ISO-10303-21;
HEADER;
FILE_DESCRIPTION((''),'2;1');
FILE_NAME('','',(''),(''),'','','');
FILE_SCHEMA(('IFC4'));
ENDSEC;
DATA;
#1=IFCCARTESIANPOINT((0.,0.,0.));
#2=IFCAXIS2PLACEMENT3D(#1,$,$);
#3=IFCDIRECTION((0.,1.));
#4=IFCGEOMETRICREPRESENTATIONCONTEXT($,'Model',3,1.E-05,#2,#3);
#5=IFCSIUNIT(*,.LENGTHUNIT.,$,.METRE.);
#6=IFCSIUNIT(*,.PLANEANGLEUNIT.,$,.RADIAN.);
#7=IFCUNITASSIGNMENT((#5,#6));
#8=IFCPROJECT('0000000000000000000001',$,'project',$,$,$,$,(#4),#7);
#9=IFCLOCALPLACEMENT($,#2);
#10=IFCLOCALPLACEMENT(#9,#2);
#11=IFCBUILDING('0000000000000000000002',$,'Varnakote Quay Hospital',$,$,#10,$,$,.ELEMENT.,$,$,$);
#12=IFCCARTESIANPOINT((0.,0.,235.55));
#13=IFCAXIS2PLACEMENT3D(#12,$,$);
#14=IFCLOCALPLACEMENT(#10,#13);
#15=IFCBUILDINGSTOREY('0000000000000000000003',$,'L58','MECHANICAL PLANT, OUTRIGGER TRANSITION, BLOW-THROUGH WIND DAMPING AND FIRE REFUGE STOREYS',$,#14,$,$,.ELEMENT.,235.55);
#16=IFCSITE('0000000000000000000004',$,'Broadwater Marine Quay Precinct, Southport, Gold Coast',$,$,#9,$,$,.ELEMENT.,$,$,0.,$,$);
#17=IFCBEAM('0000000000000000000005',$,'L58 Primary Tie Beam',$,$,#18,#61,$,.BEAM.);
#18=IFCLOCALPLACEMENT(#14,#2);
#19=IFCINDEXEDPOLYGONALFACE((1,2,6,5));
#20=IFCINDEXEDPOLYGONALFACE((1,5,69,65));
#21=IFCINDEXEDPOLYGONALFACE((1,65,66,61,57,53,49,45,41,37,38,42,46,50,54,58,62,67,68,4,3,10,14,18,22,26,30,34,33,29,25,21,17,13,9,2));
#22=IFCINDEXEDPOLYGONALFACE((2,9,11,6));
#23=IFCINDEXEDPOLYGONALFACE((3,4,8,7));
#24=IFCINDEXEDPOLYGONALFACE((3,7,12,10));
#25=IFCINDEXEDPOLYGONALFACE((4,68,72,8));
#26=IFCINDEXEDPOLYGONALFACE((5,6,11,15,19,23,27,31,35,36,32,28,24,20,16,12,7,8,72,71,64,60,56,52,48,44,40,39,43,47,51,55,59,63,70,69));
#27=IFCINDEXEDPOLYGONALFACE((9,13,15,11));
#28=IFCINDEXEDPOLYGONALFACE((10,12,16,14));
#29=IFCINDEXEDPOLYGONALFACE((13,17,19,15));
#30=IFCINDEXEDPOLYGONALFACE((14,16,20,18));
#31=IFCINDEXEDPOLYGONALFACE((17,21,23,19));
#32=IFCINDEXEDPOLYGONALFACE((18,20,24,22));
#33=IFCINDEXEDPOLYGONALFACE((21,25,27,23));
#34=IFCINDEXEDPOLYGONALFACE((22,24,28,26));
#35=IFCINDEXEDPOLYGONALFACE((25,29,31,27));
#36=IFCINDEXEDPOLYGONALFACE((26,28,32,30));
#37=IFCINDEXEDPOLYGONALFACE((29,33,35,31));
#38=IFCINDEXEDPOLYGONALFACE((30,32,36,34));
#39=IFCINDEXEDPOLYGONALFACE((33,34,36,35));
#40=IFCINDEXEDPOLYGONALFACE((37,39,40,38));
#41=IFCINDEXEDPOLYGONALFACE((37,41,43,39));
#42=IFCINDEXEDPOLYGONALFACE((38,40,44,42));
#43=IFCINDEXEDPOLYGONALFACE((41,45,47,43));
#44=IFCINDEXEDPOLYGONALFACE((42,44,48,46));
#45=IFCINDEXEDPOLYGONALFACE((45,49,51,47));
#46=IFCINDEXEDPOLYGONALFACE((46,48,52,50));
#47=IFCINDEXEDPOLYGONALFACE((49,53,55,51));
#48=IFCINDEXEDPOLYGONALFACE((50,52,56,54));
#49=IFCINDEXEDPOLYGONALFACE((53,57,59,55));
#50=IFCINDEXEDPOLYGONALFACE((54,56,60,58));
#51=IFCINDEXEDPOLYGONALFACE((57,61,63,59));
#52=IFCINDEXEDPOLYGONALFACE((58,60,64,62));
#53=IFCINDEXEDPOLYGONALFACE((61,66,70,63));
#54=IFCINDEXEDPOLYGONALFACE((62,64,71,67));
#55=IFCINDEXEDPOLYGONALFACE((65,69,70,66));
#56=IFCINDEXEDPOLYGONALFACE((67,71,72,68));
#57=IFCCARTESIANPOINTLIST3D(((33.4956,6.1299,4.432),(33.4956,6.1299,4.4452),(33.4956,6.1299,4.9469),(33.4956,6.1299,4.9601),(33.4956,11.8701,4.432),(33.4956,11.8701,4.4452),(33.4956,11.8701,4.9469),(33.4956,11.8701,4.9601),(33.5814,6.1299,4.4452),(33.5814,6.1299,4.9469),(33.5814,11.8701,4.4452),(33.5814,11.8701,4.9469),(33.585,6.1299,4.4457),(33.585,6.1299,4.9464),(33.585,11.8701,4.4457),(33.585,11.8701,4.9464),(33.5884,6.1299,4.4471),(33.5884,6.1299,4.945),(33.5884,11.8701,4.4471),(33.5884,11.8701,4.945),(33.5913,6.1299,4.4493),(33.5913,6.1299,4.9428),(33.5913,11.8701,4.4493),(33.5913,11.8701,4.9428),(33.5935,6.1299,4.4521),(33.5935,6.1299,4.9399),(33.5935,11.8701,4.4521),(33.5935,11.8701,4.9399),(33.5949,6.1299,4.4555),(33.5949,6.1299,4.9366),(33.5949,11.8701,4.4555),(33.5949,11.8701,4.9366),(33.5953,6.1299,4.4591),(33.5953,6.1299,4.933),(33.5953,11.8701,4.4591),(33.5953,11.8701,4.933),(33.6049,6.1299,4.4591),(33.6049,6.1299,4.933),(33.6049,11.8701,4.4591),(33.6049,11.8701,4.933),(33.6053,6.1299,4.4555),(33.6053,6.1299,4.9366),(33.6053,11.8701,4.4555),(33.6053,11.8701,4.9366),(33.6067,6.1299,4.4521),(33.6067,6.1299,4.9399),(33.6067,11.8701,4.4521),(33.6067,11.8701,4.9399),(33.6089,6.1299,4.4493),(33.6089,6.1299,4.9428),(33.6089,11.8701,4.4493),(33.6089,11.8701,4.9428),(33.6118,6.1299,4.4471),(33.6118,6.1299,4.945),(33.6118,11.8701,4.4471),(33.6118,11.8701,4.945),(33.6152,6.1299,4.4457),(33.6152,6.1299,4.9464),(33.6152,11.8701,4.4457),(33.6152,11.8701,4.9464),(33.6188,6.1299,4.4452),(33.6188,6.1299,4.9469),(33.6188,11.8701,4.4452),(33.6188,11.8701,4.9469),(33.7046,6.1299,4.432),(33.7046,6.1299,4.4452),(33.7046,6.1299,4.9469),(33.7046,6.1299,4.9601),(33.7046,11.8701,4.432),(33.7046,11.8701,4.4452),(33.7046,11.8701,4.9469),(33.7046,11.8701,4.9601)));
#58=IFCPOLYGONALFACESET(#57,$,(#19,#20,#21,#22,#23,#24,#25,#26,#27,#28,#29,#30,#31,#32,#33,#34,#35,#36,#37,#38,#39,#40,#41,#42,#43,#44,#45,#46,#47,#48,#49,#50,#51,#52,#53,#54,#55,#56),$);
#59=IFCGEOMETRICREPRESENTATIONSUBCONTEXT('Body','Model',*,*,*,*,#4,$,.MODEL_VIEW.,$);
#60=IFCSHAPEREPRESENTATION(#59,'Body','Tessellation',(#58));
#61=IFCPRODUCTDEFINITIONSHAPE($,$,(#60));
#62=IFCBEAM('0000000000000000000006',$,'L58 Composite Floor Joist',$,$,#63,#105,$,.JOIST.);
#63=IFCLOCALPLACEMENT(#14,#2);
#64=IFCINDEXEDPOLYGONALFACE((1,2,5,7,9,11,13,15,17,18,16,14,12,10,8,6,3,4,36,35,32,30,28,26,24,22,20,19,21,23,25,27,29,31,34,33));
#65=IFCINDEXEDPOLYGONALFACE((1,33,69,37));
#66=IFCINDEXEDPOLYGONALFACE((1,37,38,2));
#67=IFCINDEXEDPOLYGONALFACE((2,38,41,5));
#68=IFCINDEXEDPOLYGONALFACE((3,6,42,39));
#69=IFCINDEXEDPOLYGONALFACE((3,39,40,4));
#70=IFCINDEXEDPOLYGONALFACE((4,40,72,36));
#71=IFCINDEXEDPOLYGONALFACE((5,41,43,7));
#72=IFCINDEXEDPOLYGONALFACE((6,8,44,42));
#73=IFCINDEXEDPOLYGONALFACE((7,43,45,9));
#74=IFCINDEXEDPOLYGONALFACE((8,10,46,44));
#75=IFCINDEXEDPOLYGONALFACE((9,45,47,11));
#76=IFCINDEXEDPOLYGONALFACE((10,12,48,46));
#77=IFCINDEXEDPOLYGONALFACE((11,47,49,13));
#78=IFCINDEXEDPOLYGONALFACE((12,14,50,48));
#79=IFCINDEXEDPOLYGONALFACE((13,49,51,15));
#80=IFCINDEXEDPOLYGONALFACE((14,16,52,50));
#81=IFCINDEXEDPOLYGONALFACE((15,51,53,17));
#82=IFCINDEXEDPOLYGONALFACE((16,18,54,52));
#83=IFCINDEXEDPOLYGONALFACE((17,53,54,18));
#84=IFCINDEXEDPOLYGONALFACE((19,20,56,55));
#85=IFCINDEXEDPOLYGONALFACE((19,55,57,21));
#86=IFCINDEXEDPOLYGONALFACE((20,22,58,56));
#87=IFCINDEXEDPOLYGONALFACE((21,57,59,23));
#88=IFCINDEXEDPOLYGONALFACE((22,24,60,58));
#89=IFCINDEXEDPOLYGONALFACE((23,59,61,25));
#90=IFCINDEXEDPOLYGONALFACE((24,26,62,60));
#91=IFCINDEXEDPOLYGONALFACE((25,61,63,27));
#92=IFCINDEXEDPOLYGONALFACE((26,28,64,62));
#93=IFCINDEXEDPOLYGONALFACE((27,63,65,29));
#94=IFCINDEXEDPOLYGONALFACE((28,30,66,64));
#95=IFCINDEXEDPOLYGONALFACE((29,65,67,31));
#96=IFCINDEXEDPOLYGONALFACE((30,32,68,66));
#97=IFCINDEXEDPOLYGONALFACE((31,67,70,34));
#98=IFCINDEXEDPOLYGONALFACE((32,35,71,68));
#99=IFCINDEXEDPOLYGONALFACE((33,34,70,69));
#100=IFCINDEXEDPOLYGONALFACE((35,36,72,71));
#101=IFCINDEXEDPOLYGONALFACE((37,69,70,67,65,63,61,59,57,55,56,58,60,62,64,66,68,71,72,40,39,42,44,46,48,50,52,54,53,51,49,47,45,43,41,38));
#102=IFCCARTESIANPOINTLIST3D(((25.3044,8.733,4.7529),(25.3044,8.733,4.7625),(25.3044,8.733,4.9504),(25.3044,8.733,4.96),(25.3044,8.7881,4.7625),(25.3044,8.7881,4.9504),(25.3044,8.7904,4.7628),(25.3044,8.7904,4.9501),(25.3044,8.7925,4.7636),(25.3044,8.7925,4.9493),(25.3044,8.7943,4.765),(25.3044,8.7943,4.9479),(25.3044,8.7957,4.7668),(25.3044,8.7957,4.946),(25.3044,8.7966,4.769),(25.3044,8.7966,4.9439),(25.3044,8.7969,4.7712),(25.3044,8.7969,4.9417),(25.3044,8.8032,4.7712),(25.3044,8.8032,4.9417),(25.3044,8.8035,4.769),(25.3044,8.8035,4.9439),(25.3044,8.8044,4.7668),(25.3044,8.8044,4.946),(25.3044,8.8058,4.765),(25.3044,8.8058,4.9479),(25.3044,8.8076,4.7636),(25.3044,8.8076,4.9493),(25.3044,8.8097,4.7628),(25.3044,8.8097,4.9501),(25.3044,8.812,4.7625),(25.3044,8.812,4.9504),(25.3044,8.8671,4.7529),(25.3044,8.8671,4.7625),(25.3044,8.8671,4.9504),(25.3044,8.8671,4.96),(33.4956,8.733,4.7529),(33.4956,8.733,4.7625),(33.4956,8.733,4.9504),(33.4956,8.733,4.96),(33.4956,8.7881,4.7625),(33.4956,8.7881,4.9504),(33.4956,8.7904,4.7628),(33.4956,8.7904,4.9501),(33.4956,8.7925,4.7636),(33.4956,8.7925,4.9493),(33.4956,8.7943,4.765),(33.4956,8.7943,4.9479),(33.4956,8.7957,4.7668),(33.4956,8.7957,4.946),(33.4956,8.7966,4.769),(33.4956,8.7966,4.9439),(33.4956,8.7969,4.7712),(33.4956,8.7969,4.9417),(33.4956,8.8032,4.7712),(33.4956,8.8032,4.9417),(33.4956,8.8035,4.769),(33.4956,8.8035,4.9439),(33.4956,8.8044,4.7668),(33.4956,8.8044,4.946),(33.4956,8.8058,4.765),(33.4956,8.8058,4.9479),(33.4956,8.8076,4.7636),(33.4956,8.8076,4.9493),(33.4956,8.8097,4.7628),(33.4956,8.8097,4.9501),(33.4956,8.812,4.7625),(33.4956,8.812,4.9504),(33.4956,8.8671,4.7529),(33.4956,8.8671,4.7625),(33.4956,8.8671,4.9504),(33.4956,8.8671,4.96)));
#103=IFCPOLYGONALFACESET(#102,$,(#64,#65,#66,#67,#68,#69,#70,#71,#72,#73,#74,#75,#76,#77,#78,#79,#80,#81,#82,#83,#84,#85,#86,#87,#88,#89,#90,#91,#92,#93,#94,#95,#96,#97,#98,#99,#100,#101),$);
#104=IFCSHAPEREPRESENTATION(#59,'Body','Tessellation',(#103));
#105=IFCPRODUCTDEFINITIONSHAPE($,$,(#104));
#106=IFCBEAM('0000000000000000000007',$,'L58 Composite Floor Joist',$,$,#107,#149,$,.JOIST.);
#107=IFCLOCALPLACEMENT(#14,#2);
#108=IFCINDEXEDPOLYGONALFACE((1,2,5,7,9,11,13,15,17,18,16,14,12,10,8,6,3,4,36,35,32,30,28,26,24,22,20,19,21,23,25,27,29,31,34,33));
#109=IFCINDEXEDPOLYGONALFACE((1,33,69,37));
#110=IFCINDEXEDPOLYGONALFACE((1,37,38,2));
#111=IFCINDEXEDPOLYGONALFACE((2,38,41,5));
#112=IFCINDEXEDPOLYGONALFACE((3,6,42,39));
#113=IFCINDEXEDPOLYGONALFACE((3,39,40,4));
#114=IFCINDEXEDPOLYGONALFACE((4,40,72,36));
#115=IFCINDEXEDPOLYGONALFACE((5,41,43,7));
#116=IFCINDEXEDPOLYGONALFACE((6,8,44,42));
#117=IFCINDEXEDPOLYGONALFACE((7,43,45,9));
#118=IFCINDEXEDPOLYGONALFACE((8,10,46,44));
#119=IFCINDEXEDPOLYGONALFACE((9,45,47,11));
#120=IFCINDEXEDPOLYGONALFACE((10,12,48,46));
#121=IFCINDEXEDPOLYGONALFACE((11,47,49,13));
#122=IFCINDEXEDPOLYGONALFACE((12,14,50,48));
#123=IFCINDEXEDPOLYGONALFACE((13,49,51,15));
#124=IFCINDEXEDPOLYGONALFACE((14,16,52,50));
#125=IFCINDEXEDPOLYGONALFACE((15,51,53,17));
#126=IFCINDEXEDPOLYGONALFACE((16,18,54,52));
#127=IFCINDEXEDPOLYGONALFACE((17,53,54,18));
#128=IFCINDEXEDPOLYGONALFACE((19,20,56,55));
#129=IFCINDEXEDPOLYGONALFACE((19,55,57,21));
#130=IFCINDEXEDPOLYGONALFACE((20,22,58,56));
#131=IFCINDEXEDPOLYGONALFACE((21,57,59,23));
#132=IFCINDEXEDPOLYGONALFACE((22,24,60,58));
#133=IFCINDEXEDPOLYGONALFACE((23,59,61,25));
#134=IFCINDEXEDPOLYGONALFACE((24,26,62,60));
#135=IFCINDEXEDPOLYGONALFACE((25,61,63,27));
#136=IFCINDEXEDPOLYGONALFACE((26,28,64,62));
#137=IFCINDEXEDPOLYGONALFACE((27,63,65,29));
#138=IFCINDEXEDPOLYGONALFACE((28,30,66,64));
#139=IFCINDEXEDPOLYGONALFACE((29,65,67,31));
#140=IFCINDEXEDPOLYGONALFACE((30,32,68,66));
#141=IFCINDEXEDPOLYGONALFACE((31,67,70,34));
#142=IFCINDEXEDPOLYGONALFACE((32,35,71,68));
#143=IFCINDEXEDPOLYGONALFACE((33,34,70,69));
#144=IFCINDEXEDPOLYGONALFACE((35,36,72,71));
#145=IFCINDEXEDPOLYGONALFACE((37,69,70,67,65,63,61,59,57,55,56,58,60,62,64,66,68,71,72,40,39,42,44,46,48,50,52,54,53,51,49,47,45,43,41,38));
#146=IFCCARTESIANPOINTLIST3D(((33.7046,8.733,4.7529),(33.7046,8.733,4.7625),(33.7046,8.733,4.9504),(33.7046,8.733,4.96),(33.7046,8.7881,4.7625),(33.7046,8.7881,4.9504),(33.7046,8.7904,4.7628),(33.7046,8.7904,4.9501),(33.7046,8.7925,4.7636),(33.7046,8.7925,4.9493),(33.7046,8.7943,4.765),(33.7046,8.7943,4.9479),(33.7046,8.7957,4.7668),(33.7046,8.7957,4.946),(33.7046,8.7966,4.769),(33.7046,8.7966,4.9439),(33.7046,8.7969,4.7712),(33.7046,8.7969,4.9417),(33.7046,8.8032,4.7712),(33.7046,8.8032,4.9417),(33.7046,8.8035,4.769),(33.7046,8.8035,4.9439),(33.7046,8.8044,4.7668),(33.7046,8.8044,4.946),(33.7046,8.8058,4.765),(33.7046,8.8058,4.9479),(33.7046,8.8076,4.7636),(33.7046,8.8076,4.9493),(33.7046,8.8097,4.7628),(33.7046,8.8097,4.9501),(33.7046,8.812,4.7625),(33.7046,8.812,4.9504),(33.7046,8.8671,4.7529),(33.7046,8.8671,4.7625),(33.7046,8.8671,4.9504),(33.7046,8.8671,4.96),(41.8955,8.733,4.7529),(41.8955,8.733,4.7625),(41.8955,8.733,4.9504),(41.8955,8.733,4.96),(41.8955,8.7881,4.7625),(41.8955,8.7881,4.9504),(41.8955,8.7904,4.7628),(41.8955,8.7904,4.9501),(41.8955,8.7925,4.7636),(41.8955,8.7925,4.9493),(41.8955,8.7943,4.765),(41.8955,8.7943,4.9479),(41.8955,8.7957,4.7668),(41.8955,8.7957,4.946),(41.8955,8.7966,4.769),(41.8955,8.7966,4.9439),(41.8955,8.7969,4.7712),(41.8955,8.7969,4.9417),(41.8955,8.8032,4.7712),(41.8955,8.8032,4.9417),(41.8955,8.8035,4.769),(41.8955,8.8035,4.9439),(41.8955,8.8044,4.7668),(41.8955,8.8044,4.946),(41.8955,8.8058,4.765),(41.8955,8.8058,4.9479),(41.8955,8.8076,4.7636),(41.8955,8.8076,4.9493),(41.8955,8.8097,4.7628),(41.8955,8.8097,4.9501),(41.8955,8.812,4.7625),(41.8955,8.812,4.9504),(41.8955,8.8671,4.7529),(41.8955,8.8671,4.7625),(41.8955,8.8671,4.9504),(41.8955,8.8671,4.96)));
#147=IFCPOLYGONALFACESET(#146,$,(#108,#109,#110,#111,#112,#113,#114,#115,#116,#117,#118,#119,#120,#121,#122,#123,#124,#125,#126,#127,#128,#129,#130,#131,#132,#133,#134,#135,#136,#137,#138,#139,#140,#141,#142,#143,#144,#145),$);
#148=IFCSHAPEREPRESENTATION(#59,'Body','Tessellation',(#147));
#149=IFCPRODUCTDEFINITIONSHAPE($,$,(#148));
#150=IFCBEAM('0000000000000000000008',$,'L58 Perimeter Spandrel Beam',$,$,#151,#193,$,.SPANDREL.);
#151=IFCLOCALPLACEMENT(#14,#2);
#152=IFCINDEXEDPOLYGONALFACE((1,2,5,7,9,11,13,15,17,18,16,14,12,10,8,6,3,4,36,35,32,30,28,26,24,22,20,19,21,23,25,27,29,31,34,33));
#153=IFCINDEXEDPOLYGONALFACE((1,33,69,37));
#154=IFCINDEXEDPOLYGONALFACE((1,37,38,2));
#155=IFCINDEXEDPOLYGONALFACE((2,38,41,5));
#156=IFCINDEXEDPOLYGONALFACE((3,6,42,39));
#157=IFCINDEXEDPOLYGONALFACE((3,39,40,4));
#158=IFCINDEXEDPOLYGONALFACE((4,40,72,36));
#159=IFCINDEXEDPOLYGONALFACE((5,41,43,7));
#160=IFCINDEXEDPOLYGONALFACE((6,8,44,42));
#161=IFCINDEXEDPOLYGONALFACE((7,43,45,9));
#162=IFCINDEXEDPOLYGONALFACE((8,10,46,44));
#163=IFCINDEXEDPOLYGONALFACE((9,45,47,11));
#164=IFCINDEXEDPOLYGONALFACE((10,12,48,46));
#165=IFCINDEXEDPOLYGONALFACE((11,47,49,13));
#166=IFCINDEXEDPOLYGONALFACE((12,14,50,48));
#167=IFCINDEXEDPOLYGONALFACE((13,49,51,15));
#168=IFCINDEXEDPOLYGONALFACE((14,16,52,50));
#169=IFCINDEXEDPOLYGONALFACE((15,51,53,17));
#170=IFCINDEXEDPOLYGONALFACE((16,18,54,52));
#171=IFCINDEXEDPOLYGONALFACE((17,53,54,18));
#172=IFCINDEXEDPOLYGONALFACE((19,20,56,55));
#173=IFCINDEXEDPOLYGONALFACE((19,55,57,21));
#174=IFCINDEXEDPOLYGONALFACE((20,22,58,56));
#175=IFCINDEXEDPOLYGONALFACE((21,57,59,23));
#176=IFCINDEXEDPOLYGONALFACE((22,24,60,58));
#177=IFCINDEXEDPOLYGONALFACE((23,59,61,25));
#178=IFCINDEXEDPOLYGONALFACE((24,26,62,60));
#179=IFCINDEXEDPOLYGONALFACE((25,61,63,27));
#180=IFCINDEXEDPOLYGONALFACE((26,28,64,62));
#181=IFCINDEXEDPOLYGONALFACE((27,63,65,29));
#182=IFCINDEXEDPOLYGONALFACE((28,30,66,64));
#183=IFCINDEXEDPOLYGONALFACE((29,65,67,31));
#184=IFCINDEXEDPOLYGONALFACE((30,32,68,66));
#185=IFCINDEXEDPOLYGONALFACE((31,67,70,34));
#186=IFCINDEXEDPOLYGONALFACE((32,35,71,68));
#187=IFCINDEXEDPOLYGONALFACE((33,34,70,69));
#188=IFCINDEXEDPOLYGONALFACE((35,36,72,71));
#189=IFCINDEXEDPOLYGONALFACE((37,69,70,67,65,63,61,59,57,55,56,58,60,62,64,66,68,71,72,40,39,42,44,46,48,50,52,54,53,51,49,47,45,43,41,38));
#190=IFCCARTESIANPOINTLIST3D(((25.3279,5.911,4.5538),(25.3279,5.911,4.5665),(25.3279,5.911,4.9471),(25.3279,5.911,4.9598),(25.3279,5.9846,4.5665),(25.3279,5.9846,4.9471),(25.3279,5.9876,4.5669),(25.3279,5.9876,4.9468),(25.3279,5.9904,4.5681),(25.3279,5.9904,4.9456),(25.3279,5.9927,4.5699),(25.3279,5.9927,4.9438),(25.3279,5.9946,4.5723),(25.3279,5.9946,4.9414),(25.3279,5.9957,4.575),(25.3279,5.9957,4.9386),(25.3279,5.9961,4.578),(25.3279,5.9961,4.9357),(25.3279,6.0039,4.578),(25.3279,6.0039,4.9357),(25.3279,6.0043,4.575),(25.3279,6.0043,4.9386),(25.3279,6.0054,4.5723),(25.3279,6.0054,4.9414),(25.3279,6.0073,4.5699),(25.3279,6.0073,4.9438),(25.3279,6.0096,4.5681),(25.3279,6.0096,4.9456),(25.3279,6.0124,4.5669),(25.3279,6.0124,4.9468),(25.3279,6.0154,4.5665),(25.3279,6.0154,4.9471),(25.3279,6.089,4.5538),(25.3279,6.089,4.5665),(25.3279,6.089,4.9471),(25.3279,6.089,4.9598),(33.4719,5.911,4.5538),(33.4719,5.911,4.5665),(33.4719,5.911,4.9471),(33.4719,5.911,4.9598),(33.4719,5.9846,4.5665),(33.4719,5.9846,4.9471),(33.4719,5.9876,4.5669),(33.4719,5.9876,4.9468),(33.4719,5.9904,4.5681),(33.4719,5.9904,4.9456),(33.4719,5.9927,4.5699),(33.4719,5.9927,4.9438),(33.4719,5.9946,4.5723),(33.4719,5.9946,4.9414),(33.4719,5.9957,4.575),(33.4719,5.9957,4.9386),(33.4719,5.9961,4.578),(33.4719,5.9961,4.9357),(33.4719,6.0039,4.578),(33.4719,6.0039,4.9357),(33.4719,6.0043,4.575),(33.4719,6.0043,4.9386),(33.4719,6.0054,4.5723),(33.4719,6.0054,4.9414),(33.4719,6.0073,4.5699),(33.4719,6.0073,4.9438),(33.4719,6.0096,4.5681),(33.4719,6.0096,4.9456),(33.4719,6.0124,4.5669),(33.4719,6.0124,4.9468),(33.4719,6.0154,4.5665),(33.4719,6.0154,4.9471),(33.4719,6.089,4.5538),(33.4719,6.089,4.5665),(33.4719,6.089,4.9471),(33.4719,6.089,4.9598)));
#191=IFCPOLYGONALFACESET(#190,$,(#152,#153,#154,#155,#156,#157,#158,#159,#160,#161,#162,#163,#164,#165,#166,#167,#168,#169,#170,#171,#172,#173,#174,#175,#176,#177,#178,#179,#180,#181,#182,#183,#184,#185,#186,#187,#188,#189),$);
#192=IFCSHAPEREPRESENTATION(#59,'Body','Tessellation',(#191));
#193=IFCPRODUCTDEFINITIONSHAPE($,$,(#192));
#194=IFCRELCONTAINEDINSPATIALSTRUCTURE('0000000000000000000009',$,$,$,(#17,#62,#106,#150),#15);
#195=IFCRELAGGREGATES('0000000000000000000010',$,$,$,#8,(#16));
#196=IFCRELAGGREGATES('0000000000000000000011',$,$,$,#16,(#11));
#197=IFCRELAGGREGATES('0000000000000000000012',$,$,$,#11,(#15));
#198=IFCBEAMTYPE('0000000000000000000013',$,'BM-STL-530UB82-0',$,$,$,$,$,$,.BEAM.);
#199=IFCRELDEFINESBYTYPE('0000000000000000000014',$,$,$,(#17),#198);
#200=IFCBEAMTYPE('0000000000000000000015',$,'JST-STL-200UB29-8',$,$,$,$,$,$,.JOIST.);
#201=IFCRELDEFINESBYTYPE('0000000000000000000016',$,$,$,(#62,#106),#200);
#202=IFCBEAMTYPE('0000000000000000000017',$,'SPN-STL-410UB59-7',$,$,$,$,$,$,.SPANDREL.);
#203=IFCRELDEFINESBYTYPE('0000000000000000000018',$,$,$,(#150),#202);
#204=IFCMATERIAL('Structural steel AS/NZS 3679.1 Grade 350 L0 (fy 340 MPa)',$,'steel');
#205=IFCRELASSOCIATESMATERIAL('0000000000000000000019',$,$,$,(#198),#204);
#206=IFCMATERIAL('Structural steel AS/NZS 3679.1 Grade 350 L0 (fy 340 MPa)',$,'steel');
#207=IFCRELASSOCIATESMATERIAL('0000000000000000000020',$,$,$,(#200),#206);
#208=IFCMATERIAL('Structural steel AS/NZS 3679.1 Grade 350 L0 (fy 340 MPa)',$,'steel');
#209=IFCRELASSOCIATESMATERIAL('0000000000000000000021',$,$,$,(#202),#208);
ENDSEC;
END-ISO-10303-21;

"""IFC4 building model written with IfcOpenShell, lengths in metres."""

from ifc_helpers import new_model, si_unit, direction, frame, origin, origin_2d, place, context, subcontext, project, spatial, i_section, extrude, material, material_profile, profile_set, type_object, element, save


model = new_model("IFC4")

# Units and contexts
model_context = context("Model", 3, precision=1e-05, world=origin(), true_north=direction((0.0, 1.0)))
body_context = subcontext(model_context, "Body", "Model", "MODEL_VIEW")
ifc_project = project(units=[si_unit("LENGTHUNIT", "METRE"), si_unit("PLANEANGLEUNIT", "RADIAN")], contexts=[model_context])

# Site, building, storey
site_placement = place(None, origin())
site = spatial("IfcSite", under=ifc_project, at=site_placement, Name="Broadwater Marine Quay Precinct, Southport, Gold Coast", CompositionType="ELEMENT", RefElevation=0.0)
building_placement = place(site_placement, origin())
building = spatial("IfcBuilding", under=site, at=building_placement, Name="Varnakote Quay Hospital", CompositionType="ELEMENT")
storey_placement = place(building_placement, frame((0.0, 0.0, 235.55)))
storey = spatial("IfcBuildingStorey", under=building, at=storey_placement, Name="L58", Description="MECHANICAL PLANT, OUTRIGGER TRANSITION, BLOW-THROUGH WIND DAMPING AND FIRE REFUGE STOREYS", CompositionType="ELEMENT", Elevation=235.55)

# Beams
ifc_material_1 = material(Name="Structural steel AS/NZS 3679.1 Grade 350 L0 (fy 340 MPa)", Category="steel")
ifc_material_profile_1 = material_profile(ifc_material_1, i_section(OverallWidth=0.209, OverallDepth=0.5281, WebThickness=0.0095, FlangeThickness=0.0132, FilletRadius=0.0139, at=origin_2d()), Name="530UB82.0")
ifc_profile_set_1 = profile_set([ifc_material_profile_1], Name="Structural steel AS/NZS 3679.1 Grade 350 L0 (fy 340 MPa)")
beam_type_1 = type_object("IfcBeamType", Name="BM-STL-530UB82-0", PredefinedType="BEAM", material=ifc_profile_set_1)
for number, where, z_axis, x_axis, name in (
    (1, (33.6001, 6.1299, 4.696), (0.0, 1.0, 0.0), (-1.0, 0.0, 0.0), "L58 Primary Tie Beam"),
):
    element("IfcBeam", number, at=place(storey_placement, frame(where, z_axis=z_axis, x_axis=x_axis)), inside=storey, type_object=beam_type_1, Name=name, PredefinedType="BEAM", context=body_context, shape_type="SweptSolid", body=[
        extrude(i_section(OverallWidth=0.209, OverallDepth=0.5281, WebThickness=0.0095, FlangeThickness=0.0132, FilletRadius=0.0139, at=origin_2d()), origin(), (0.0, 0.0, 1.0), 5.7402),
    ])
ifc_material_2 = material(Name="Structural steel AS/NZS 3679.1 Grade 350 L0 (fy 340 MPa)", Category="steel")
ifc_material_profile_2 = material_profile(ifc_material_2, i_section(OverallWidth=0.134, OverallDepth=0.207, WebThickness=0.0063, FlangeThickness=0.0095, FilletRadius=0.0088, at=origin_2d()), Name="200UB29.8")
ifc_profile_set_2 = profile_set([ifc_material_profile_2], Name="Structural steel AS/NZS 3679.1 Grade 350 L0 (fy 340 MPa)")
beam_type_2 = type_object("IfcBeamType", Name="JST-STL-200UB29-8", PredefinedType="JOIST", material=ifc_profile_set_2)
beam_1_placement = place(storey_placement, frame((25.3044, 8.8, 4.8564), z_axis=(1.0, 0.0, 0.0), x_axis=(0.0, 1.0, 0.0)))
element("IfcBeam", 2, at=beam_1_placement, inside=storey, type_object=beam_type_2, Name="L58 Composite Floor Joist", PredefinedType="JOIST", context=body_context, shape_type="SweptSolid", body=[
    extrude(i_section(OverallWidth=0.134, OverallDepth=0.207, WebThickness=0.0063, FlangeThickness=0.0095, FilletRadius=0.0088, at=origin_2d()), origin(), (0.0, 0.0, 1.0), 8.1912),
])
beam_2_placement = place(storey_placement, frame((33.7046, 8.8, 4.8564), z_axis=(1.0, 0.0, 0.0), x_axis=(0.0, 1.0, 0.0)))
element("IfcBeam", 3, at=beam_2_placement, inside=storey, type_object=beam_type_2, Name="L58 Composite Floor Joist", PredefinedType="JOIST", context=body_context, shape_type="SweptSolid", body=[
    extrude(i_section(OverallWidth=0.134, OverallDepth=0.207, WebThickness=0.0063, FlangeThickness=0.0095, FilletRadius=0.0088, at=origin_2d()), origin(), (0.0, 0.0, 1.0), 8.1909),
])
ifc_material_3 = material(Name="Structural steel AS/NZS 3679.1 Grade 350 L0 (fy 340 MPa)", Category="steel")
ifc_material_profile_3 = material_profile(ifc_material_3, i_section(OverallWidth=0.178, OverallDepth=0.406, WebThickness=0.0078, FlangeThickness=0.0127, FilletRadius=0.0115, at=origin_2d()), Name="410UB59.7")
ifc_profile_set_3 = profile_set([ifc_material_profile_3], Name="Structural steel AS/NZS 3679.1 Grade 350 L0 (fy 340 MPa)")
beam_type_3 = type_object("IfcBeamType", Name="SPN-STL-410UB59-7", PredefinedType="SPANDREL", material=ifc_profile_set_3)
for number, where, z_axis, x_axis, name in (
    (4, (25.3279, 6.0, 4.7568), (1.0, 0.0, 0.0), (0.0, 1.0, 0.0), "L58 Perimeter Spandrel Beam"),
):
    element("IfcBeam", number, at=place(storey_placement, frame(where, z_axis=z_axis, x_axis=x_axis)), inside=storey, type_object=beam_type_3, Name=name, PredefinedType="SPANDREL", context=body_context, shape_type="SweptSolid", body=[
        extrude(i_section(OverallWidth=0.178, OverallDepth=0.406, WebThickness=0.0078, FlangeThickness=0.0127, FilletRadius=0.0115, at=origin_2d()), origin(), (0.0, 0.0, 1.0), 8.144),
    ])

save(model, "model.ifc")
